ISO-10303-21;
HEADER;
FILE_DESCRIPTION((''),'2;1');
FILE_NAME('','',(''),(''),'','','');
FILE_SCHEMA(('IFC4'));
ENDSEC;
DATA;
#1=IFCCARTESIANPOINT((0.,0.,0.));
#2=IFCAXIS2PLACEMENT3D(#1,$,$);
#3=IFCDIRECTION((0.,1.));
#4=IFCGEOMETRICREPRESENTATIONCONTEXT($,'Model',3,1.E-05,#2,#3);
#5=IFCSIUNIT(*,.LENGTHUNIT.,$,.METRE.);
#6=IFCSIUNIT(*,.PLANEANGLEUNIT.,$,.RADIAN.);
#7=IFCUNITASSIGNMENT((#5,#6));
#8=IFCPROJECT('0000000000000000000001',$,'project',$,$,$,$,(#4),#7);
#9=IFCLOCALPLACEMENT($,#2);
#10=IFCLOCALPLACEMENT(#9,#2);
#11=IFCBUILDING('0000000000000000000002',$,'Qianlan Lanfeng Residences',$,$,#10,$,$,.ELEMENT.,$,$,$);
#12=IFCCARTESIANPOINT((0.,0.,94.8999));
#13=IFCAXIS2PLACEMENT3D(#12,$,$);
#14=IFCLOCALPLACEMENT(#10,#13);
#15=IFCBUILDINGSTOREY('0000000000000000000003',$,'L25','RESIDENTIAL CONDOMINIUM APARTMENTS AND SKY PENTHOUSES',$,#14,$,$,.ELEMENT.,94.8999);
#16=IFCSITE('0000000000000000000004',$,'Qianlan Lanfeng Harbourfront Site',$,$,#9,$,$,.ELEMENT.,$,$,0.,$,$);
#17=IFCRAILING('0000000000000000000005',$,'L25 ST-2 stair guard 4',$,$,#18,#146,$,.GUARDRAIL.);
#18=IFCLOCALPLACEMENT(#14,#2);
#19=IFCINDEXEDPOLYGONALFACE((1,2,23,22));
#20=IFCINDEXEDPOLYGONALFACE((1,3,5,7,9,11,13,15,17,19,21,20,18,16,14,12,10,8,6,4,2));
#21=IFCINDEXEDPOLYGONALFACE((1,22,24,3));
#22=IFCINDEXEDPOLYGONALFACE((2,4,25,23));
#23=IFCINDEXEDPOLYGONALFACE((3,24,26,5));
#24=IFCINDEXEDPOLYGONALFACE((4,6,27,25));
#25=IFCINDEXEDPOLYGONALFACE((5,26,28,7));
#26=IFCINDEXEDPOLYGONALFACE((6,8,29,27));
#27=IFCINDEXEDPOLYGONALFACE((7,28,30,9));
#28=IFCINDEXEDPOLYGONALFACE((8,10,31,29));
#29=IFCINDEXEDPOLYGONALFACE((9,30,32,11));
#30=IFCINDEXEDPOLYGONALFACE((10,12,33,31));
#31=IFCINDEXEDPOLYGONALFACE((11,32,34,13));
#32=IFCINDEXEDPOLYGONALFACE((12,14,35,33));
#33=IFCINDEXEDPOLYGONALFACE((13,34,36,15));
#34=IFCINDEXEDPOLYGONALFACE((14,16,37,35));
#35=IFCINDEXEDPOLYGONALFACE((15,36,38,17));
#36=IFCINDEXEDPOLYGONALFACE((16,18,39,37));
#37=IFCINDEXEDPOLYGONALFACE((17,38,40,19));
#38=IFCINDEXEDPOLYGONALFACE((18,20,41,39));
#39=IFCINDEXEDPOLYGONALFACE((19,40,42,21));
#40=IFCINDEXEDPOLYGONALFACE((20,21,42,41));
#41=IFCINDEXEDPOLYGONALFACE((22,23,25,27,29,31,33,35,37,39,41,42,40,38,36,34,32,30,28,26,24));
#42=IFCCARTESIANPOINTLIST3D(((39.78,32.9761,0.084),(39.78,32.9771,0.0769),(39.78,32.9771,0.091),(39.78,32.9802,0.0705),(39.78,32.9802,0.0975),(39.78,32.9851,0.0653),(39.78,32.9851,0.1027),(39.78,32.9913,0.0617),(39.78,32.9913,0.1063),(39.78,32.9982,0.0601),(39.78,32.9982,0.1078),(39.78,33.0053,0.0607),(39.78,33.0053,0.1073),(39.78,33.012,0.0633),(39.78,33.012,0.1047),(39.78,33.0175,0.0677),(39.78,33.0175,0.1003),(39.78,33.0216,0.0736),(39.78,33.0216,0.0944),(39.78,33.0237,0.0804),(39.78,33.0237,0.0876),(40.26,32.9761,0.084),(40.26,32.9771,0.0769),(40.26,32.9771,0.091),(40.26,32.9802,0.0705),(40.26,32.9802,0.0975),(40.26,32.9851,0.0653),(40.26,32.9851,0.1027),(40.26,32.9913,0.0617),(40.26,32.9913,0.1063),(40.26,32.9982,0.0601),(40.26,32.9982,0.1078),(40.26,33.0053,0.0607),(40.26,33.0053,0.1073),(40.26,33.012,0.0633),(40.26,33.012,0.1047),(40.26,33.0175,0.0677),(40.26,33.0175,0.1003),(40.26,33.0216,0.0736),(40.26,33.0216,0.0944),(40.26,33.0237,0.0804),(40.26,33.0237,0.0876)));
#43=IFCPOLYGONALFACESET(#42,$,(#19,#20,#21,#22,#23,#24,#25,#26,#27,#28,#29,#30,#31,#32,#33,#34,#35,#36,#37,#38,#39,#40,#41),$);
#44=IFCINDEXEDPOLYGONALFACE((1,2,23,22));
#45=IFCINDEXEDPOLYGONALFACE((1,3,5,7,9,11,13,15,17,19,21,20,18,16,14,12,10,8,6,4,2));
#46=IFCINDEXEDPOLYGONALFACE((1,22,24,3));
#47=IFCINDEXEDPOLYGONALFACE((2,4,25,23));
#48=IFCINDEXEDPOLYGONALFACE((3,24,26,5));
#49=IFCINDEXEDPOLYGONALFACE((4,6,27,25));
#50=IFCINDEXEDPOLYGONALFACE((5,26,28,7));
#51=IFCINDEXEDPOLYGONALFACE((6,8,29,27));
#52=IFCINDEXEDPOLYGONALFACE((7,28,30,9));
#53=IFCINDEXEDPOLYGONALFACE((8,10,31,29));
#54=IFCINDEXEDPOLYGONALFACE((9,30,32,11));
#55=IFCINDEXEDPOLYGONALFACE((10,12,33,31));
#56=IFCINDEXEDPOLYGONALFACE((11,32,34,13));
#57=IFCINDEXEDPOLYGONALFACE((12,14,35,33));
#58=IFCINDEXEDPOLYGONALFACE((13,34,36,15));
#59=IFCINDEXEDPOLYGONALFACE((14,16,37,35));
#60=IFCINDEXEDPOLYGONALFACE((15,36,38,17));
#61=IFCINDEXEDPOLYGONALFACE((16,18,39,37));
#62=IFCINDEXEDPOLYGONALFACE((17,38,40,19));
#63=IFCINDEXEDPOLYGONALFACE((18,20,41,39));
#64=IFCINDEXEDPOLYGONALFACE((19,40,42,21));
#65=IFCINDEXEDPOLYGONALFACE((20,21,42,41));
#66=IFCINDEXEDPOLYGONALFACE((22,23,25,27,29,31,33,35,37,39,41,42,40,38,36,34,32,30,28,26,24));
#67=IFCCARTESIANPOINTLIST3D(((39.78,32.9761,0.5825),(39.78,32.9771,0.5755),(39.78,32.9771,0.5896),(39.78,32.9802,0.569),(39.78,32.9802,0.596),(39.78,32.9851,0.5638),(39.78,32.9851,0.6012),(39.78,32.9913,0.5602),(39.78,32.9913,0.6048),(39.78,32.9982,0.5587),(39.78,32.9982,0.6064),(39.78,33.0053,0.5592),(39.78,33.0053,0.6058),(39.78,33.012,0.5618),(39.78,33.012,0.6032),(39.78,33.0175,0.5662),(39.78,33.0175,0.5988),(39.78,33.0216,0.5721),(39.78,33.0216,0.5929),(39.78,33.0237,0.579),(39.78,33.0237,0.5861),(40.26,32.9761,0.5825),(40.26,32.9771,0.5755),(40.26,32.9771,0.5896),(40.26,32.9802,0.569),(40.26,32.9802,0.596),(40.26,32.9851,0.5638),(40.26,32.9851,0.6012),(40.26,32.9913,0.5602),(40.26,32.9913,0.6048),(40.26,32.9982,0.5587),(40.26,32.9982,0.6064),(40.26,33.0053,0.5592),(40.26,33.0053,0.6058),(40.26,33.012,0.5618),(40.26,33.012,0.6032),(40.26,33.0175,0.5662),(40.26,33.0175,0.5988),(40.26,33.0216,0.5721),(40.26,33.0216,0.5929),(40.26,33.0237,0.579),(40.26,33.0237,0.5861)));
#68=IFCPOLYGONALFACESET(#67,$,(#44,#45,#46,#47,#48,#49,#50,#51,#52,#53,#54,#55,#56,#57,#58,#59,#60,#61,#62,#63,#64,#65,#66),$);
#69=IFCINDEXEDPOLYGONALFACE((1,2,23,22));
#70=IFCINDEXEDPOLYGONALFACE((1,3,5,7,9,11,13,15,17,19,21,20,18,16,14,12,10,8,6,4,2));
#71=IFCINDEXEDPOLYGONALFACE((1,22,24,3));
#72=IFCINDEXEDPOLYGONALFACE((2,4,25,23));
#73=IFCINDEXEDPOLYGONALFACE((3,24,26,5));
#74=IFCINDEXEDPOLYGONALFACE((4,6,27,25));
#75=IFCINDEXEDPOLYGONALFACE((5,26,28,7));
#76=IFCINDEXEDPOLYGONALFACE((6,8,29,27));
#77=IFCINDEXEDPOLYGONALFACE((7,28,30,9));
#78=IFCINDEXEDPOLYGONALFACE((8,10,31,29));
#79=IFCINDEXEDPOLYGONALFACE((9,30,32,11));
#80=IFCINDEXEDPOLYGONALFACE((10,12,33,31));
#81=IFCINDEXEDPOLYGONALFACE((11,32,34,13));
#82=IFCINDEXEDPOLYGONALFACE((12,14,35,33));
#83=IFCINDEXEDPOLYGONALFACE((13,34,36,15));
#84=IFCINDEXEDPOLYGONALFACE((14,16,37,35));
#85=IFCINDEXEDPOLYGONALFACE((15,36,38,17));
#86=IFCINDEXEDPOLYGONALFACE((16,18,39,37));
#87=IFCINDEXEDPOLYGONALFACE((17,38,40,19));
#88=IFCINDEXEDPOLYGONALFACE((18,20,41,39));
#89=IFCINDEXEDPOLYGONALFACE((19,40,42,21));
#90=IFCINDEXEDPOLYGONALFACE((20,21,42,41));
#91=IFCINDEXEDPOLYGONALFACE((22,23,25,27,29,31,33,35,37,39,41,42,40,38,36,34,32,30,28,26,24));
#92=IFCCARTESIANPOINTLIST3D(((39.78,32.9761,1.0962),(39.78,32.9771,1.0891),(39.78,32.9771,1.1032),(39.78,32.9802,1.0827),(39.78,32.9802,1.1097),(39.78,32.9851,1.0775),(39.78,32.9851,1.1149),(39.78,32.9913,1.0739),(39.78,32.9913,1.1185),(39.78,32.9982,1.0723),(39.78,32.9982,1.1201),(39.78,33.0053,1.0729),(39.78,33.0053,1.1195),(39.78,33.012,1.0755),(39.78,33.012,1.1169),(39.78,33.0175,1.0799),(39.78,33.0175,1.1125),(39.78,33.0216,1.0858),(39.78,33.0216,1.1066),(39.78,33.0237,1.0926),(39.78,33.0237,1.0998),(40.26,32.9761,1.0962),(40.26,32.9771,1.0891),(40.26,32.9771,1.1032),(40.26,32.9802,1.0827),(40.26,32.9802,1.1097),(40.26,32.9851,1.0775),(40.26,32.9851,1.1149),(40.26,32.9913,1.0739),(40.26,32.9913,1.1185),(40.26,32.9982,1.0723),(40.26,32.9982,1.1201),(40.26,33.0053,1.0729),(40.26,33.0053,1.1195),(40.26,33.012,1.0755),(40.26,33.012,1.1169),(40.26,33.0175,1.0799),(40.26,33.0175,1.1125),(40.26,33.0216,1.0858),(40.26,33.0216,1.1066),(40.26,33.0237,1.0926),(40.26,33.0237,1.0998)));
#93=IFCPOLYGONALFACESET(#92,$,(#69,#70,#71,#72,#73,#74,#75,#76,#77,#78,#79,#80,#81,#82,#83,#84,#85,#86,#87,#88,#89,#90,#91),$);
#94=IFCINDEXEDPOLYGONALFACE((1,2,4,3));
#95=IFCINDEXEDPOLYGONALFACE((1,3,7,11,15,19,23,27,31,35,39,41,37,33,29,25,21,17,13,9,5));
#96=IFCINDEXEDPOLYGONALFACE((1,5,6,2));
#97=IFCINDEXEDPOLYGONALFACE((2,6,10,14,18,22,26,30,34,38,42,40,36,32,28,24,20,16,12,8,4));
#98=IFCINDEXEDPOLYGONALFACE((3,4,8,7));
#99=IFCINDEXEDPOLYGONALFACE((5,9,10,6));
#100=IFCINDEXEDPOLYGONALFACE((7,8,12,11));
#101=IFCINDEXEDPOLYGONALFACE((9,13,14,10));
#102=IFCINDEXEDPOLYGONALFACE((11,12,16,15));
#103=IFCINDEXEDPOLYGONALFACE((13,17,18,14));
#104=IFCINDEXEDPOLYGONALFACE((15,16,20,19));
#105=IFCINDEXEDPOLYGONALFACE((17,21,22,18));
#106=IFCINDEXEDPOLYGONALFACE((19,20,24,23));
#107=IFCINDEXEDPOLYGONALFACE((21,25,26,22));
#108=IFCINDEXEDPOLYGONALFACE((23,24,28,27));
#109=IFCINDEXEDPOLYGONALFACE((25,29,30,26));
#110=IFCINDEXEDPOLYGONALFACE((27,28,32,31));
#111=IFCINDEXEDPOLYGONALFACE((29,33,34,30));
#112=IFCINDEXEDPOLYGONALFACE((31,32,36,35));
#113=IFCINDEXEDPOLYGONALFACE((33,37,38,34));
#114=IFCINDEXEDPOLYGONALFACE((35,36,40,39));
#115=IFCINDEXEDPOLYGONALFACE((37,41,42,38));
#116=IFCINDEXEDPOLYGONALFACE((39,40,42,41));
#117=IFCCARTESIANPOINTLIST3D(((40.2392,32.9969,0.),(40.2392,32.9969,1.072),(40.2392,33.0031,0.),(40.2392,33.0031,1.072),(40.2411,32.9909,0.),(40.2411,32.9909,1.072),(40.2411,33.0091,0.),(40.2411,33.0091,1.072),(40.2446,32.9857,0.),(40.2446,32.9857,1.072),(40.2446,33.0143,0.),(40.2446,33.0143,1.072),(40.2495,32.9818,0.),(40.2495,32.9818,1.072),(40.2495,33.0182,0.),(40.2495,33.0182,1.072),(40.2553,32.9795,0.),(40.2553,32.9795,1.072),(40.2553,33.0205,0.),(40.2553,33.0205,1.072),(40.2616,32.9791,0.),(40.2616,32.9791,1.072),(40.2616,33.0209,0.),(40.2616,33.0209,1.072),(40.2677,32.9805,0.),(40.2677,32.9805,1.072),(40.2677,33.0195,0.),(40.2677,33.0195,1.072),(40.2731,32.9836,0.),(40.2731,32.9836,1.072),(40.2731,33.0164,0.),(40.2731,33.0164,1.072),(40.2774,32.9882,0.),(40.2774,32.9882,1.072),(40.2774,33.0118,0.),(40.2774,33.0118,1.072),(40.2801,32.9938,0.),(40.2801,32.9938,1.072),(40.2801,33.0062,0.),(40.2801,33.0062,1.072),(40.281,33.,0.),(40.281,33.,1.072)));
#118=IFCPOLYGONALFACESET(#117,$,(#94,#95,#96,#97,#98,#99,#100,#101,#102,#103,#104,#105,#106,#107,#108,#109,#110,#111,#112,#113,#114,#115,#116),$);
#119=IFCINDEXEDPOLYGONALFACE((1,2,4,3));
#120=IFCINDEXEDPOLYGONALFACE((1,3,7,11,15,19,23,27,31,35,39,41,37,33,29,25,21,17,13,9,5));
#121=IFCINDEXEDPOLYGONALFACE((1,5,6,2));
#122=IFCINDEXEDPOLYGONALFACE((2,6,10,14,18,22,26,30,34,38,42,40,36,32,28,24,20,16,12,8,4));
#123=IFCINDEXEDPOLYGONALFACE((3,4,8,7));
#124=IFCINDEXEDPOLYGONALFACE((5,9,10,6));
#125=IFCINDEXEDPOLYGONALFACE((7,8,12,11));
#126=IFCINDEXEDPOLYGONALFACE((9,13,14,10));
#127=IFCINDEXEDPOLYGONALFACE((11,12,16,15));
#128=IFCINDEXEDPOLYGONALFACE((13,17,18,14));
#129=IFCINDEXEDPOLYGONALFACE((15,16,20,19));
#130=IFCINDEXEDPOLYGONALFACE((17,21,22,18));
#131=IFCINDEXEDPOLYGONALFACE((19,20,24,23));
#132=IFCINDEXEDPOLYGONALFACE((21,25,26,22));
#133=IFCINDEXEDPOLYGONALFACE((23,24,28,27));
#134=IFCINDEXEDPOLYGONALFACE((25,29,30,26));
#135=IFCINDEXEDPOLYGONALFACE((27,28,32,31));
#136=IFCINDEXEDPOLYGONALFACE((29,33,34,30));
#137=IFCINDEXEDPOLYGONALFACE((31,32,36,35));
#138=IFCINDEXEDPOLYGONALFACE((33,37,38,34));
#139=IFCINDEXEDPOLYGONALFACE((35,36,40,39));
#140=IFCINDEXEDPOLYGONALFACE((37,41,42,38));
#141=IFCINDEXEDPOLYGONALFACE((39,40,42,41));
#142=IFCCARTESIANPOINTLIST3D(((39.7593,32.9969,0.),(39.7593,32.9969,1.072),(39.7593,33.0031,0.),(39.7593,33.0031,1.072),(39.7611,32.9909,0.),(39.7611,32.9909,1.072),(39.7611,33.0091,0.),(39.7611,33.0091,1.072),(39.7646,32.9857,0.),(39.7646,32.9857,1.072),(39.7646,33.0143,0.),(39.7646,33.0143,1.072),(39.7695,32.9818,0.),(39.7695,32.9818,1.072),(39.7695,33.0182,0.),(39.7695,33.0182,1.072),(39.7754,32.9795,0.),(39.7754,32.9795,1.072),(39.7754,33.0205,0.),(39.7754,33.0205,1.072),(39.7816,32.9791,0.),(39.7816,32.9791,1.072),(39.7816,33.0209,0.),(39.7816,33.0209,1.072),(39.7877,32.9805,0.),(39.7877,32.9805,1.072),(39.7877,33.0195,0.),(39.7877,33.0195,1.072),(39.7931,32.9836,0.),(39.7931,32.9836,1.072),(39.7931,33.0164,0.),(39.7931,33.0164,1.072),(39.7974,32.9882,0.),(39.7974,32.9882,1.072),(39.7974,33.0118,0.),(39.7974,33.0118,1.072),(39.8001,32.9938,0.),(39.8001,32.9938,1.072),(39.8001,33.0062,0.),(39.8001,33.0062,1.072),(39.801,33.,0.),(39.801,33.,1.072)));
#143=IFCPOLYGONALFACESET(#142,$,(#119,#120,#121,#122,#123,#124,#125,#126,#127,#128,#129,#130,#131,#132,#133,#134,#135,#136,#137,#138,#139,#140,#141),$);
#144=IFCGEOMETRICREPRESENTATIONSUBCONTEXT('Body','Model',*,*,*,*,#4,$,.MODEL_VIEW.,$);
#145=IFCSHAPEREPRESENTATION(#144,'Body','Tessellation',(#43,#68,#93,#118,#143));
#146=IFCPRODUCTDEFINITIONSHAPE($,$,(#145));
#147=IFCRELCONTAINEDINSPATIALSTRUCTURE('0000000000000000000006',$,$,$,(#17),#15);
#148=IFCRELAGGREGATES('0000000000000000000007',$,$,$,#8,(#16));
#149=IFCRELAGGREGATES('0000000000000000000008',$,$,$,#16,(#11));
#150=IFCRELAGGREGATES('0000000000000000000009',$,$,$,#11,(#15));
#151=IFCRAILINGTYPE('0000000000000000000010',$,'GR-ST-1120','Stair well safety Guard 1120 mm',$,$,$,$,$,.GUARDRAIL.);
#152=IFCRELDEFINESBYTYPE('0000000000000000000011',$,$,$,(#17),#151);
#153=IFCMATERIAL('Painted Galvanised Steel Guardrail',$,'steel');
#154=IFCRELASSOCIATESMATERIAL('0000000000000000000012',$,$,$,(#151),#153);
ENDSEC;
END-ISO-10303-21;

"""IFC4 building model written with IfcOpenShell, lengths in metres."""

from ifc_helpers import new_model, si_unit, direction, frame, origin, origin_2d, place, context, subcontext, project, spatial, circle, extrude, material, type_object, element, save


model = new_model("IFC4")

# Units and contexts
model_context = context("Model", 3, precision=1e-05, world=origin(), true_north=direction((0.0, 1.0)))
body_context = subcontext(model_context, "Body", "Model", "MODEL_VIEW")
ifc_project = project(units=[si_unit("LENGTHUNIT", "METRE"), si_unit("PLANEANGLEUNIT", "RADIAN")], contexts=[model_context])

# Site, building, storey
site_placement = place(None, origin())
site = spatial("IfcSite", under=ifc_project, at=site_placement, Name="Qianlan Lanfeng Harbourfront Site", CompositionType="ELEMENT", RefElevation=0.0)
building_placement = place(site_placement, origin())
building = spatial("IfcBuilding", under=site, at=building_placement, Name="Qianlan Lanfeng Residences", CompositionType="ELEMENT")
storey_placement = place(building_placement, frame((0.0, 0.0, 94.8999)))
storey = spatial("IfcBuildingStorey", under=building, at=storey_placement, Name="L25", Description="RESIDENTIAL CONDOMINIUM APARTMENTS AND SKY PENTHOUSES", CompositionType="ELEMENT", Elevation=94.8999)

# Railing
ifc_material_1 = material(Name="Painted Galvanised Steel Guardrail", Category="steel")
railing_type_1 = type_object("IfcRailingType", Name="GR-ST-1120", Description="Stair well safety Guard 1120 mm", PredefinedType="GUARDRAIL", material=ifc_material_1)
railing_1_placement = place(storey_placement, frame((40.26, 33.0, 0.0)))
element("IfcRailing", 1, at=railing_1_placement, inside=storey, type_object=railing_type_1, Name="L25 ST-2 stair guard 4", PredefinedType="GUARDRAIL", context=body_context, shape_type="SweptSolid", body=[
    extrude(circle(Radius=0.0239, at=origin_2d()), frame((0.0, 0.0, 0.084), z_axis=(-1.0, 0.0, 0.0), x_axis=(0.0, -1.0, 0.0)), (0.0, 0.0, 1.0), 0.48),
    extrude(circle(Radius=0.0239, at=origin_2d()), frame((0.0, 0.0, 0.5825), z_axis=(-1.0, 0.0, 0.0), x_axis=(0.0, -1.0, 0.0)), (0.0, 0.0, 1.0), 0.48),
    extrude(circle(Radius=0.0239, at=origin_2d()), frame((0.0, 0.0, 1.0962), z_axis=(-1.0, 0.0, 0.0), x_axis=(0.0, -1.0, 0.0)), (0.0, 0.0, 1.0), 0.48),
    extrude(circle(Radius=0.021, at=origin_2d()), origin(), (0.0, 0.0, 1.0), 1.072),
    extrude(circle(Radius=0.021, at=origin_2d()), frame((-0.48, 0.0, 0.0)), (0.0, 0.0, 1.0), 1.072),
])

save(model, "model.ifc")
